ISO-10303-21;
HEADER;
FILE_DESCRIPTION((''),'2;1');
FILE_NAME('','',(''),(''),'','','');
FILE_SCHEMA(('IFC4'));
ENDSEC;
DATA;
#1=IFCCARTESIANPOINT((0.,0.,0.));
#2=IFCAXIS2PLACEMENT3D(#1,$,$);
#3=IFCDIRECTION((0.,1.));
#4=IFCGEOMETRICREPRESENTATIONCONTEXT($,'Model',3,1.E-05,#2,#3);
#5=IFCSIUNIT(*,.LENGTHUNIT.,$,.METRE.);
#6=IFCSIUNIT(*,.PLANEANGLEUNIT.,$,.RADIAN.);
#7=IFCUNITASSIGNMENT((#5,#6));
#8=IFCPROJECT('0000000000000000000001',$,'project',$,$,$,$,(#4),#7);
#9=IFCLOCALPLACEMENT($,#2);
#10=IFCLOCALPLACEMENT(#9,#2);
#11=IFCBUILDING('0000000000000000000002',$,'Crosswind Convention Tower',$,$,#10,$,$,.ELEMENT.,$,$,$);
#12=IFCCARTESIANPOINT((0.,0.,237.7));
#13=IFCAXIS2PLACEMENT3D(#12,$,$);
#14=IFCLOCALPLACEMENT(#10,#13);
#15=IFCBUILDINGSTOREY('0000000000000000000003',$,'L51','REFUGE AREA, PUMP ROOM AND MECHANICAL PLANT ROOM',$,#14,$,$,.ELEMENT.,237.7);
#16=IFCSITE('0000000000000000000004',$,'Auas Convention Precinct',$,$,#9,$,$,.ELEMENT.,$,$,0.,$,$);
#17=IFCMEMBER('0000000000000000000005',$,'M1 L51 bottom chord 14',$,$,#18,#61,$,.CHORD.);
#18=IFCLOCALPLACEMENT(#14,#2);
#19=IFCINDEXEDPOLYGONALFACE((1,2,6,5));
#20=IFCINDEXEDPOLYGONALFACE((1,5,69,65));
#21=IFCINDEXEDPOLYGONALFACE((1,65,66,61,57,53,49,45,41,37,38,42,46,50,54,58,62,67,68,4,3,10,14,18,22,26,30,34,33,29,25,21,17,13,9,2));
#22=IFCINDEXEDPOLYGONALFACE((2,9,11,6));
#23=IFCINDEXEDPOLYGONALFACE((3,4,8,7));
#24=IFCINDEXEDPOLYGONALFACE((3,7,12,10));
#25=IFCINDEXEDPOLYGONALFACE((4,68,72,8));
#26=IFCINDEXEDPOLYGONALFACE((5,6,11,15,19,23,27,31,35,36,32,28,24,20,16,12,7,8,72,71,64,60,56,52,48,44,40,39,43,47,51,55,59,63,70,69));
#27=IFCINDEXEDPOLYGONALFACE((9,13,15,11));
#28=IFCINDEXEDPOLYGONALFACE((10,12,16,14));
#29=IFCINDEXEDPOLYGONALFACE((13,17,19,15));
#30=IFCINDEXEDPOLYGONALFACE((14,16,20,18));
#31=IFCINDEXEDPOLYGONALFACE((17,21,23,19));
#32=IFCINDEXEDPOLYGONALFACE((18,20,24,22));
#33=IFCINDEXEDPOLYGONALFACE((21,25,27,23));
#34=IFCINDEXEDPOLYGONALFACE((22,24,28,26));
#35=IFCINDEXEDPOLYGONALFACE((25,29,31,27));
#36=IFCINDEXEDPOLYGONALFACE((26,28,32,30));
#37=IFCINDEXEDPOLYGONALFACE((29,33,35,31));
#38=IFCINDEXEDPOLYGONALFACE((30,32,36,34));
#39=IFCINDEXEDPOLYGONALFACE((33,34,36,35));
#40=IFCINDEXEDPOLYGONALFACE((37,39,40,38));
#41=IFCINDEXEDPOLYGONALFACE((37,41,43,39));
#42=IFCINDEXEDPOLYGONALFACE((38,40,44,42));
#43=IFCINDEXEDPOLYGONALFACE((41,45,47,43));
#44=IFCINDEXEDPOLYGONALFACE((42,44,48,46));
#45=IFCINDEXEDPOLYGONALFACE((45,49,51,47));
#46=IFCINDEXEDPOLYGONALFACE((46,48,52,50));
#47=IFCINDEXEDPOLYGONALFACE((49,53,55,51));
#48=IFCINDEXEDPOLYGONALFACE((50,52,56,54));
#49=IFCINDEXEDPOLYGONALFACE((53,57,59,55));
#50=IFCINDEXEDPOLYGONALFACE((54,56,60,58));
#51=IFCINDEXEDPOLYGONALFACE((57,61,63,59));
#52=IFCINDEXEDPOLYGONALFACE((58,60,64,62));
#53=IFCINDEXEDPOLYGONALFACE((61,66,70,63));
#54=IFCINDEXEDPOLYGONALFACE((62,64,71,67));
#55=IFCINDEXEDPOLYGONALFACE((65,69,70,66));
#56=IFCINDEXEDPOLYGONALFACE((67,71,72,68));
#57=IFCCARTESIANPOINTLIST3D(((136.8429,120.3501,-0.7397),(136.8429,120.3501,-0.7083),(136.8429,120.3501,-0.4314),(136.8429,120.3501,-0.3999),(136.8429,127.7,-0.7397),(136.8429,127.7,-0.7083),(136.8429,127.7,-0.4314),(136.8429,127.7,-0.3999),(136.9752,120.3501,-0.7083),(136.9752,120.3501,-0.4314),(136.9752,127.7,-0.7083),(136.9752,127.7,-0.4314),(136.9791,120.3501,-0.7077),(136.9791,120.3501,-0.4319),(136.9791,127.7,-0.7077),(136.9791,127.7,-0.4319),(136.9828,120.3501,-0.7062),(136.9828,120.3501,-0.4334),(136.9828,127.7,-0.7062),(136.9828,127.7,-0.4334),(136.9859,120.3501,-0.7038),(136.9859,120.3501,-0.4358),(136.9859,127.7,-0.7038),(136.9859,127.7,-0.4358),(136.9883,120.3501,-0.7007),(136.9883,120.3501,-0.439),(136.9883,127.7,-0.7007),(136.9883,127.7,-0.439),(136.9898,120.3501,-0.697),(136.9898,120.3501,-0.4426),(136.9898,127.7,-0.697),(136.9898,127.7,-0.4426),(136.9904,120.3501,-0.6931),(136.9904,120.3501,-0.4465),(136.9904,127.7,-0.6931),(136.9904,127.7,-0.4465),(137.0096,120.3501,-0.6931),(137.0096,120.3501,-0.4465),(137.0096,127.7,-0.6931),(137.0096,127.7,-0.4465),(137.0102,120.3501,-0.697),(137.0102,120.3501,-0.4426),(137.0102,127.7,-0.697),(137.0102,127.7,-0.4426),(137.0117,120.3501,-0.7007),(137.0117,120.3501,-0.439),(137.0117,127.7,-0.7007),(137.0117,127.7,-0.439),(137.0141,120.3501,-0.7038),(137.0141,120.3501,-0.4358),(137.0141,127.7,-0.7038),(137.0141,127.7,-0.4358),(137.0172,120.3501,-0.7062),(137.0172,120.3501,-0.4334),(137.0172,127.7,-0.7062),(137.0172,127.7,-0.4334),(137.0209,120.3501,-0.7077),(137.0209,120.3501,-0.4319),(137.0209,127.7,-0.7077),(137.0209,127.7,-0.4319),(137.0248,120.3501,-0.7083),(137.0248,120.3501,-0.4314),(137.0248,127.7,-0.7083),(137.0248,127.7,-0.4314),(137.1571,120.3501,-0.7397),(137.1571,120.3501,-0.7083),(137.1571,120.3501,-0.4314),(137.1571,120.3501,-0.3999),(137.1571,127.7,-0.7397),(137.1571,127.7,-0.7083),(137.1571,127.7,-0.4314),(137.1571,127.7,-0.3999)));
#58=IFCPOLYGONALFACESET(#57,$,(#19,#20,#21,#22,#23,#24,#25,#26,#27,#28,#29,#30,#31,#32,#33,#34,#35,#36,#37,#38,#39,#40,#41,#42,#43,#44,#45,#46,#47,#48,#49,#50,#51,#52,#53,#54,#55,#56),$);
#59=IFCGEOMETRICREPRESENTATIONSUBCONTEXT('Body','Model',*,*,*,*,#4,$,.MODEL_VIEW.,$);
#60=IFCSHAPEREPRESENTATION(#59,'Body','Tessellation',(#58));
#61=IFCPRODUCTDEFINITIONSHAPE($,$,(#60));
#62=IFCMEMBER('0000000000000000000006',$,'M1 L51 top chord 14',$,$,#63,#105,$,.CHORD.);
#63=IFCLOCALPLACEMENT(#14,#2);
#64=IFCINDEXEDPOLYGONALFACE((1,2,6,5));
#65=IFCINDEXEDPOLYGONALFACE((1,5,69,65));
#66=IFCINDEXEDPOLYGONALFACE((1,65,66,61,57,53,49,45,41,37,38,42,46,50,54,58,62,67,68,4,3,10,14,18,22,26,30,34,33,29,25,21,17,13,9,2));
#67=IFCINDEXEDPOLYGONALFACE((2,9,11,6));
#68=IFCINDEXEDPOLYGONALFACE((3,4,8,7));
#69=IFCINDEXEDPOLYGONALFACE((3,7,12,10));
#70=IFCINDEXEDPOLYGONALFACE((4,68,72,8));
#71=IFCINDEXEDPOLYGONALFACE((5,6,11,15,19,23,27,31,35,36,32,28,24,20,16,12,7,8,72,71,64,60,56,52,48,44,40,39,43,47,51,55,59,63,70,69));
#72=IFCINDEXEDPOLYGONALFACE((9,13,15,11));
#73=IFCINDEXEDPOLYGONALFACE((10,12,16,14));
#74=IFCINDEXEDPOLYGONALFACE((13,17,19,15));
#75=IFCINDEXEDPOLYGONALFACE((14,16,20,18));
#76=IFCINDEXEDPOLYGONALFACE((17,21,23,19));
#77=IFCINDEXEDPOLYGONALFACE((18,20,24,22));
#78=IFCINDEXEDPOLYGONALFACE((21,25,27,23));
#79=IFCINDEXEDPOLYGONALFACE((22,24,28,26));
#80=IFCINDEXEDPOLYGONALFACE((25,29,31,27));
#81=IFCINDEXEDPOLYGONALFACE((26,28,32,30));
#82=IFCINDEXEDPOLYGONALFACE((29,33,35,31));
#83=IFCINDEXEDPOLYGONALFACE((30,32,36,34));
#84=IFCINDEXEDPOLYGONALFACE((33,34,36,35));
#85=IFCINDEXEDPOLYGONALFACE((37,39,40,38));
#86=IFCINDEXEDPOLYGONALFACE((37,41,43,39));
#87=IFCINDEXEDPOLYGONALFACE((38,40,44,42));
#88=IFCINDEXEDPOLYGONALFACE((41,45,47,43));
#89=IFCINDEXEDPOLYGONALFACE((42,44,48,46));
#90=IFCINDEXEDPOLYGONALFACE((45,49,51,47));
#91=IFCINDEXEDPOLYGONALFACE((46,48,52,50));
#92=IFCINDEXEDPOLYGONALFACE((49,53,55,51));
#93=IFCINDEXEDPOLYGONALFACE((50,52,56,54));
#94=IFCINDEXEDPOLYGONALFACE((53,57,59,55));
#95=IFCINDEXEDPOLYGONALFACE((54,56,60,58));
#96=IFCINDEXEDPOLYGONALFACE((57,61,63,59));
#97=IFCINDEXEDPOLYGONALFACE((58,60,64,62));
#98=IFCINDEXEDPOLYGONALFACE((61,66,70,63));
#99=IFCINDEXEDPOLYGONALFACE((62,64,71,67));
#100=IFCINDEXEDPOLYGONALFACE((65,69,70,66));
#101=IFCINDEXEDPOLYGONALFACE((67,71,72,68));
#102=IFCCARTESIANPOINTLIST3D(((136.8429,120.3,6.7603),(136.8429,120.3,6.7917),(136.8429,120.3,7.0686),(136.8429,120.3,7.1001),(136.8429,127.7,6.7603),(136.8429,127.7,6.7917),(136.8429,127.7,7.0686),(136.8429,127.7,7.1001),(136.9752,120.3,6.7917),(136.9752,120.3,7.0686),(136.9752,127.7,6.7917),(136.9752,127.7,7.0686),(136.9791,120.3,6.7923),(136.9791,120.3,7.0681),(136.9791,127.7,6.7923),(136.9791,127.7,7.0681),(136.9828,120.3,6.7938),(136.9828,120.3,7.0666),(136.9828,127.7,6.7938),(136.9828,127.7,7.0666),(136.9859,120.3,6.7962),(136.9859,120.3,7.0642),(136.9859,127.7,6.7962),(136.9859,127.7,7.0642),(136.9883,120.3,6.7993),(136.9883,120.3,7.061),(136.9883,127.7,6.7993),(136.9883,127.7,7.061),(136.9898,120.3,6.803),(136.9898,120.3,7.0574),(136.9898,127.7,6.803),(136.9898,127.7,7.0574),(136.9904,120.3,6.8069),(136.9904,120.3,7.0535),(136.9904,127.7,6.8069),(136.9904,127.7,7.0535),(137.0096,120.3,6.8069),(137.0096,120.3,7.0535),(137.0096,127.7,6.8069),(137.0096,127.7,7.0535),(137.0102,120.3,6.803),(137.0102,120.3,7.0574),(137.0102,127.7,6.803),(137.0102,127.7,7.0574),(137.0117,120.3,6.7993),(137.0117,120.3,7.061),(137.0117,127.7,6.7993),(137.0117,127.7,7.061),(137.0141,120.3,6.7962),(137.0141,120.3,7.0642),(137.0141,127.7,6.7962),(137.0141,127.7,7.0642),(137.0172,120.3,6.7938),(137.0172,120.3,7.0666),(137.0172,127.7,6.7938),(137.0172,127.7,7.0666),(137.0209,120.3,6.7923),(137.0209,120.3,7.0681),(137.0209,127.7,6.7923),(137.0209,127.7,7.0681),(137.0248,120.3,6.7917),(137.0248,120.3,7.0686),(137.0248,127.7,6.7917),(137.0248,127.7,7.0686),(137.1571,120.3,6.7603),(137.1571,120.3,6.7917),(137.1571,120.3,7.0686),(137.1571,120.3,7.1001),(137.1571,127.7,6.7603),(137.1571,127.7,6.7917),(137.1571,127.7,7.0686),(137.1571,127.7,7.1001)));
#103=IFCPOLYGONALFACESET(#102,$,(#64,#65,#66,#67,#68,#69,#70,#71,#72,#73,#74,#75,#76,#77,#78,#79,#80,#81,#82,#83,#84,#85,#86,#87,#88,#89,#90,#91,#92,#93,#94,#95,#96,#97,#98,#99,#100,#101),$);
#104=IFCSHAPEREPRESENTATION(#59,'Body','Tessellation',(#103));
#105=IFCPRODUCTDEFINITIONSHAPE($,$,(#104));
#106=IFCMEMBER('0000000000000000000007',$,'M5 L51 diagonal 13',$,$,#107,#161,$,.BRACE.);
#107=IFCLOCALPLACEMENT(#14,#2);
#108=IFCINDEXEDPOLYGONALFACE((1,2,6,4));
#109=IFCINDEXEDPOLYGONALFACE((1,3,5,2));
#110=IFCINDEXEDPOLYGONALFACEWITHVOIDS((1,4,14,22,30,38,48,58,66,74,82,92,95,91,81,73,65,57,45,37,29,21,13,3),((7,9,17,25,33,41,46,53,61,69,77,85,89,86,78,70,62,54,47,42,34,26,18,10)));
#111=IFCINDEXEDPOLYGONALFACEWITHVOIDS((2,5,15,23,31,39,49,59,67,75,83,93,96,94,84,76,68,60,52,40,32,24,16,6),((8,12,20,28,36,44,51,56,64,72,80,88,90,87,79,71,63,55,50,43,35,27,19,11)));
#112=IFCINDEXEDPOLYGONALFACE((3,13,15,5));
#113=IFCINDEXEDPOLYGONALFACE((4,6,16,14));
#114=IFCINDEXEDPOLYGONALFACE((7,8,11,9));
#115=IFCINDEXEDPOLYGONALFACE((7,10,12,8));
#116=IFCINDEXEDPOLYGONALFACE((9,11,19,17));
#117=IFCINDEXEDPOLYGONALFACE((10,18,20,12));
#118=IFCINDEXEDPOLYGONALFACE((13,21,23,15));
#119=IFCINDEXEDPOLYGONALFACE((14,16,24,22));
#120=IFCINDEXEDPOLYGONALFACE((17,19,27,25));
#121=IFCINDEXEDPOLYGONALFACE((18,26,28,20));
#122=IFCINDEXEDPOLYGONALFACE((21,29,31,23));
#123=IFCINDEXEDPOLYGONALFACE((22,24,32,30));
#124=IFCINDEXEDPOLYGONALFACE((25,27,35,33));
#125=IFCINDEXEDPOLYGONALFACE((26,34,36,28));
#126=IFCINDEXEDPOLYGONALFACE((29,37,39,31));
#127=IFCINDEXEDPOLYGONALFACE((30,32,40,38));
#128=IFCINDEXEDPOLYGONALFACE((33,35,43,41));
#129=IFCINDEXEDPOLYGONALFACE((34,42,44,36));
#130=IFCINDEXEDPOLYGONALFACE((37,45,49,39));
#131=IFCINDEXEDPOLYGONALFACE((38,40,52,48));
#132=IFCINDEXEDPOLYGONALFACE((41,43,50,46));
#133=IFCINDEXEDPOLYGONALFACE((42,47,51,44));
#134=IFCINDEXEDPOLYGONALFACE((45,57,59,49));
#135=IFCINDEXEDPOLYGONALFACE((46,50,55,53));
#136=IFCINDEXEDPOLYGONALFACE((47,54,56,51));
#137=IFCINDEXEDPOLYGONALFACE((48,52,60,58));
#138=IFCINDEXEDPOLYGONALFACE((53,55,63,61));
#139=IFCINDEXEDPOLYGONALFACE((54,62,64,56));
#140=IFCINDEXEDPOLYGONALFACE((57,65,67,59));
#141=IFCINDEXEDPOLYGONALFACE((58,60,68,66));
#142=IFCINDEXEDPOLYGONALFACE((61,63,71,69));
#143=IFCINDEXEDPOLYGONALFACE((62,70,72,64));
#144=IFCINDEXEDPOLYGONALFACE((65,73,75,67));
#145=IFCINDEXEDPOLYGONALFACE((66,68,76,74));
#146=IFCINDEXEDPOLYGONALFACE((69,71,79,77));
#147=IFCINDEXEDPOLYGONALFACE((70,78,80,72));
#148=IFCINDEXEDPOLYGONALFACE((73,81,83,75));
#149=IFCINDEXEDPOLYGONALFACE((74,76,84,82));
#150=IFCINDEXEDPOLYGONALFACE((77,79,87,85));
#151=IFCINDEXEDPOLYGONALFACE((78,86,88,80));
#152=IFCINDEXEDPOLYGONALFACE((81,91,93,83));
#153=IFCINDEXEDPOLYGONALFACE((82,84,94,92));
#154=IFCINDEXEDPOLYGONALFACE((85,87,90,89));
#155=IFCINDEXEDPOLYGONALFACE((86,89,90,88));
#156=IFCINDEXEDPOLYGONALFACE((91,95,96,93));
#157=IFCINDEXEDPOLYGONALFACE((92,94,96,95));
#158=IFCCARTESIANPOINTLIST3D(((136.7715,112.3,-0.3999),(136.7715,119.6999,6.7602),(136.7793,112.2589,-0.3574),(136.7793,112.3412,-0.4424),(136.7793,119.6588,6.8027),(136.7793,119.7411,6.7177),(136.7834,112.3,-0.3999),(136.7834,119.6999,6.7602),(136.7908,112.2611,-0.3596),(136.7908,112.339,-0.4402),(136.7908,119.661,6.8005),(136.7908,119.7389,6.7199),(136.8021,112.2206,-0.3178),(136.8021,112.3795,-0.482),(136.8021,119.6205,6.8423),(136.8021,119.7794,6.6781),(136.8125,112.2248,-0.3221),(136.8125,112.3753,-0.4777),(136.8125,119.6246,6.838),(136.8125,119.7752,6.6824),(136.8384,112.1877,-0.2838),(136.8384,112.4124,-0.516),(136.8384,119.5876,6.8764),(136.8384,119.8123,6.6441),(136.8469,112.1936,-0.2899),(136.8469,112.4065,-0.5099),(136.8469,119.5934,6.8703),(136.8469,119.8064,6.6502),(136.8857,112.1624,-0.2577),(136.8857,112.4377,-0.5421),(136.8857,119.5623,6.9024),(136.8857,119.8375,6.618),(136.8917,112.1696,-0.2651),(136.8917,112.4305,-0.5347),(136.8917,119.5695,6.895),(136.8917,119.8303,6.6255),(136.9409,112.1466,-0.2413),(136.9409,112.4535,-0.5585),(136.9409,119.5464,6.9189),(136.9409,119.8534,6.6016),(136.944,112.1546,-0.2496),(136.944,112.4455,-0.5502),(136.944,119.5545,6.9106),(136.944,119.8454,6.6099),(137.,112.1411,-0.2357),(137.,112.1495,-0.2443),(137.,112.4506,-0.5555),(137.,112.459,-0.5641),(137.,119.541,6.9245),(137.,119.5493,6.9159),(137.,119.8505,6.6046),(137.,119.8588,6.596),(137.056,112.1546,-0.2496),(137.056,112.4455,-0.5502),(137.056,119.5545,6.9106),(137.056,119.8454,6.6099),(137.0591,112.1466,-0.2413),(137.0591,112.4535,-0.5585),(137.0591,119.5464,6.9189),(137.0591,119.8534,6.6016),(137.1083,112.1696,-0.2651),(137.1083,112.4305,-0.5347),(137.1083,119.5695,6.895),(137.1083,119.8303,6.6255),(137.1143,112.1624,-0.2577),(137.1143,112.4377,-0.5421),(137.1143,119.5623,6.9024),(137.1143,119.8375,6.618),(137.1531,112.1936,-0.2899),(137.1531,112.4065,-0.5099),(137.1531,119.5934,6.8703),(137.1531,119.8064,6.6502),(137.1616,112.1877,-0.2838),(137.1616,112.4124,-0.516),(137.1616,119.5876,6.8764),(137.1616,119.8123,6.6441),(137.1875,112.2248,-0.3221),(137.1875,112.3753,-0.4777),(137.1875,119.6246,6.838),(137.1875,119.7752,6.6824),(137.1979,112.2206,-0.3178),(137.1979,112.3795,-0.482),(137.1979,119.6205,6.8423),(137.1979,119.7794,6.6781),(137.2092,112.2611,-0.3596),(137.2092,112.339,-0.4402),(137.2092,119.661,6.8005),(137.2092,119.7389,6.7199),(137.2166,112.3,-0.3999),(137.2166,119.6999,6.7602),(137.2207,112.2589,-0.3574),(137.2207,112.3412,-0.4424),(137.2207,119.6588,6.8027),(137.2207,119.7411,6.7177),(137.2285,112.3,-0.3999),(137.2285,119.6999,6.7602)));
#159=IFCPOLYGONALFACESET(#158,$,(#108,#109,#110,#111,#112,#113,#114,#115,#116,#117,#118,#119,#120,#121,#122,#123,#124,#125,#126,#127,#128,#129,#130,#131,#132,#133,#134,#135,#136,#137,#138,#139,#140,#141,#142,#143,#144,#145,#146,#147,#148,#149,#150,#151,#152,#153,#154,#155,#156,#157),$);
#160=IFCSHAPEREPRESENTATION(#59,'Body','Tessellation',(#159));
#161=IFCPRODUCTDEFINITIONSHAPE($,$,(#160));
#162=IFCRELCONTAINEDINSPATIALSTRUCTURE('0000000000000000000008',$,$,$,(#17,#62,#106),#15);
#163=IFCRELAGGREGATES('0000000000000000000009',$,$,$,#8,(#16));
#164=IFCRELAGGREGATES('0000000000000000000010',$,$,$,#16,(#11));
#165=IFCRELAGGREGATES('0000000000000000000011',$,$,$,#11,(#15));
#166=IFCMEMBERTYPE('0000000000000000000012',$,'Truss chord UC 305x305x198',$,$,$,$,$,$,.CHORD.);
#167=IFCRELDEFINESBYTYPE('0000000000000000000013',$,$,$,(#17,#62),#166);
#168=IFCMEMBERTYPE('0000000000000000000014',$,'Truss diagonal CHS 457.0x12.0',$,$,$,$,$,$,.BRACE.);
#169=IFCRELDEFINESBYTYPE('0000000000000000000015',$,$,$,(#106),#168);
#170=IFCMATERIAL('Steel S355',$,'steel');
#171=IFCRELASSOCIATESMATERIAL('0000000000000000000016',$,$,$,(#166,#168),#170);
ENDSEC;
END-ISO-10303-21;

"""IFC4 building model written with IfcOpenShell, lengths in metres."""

from ifc_helpers import new_model, si_unit, direction, frame, origin, origin_2d, place, context, subcontext, project, spatial, hollow_circle, i_section, extrude, material, material_profile, profile_set, type_object, element, save


model = new_model("IFC4")

# Units and contexts
model_context = context("Model", 3, precision=1e-05, world=origin(), true_north=direction((0.0, 1.0)))
body_context = subcontext(model_context, "Body", "Model", "MODEL_VIEW")
ifc_project = project(units=[si_unit("LENGTHUNIT", "METRE"), si_unit("PLANEANGLEUNIT", "RADIAN")], contexts=[model_context])

# Site, building, storey
site_placement = place(None, origin())
site = spatial("IfcSite", under=ifc_project, at=site_placement, Name="Auas Convention Precinct", CompositionType="ELEMENT", RefElevation=0.0)
building_placement = place(site_placement, origin())
building = spatial("IfcBuilding", under=site, at=building_placement, Name="Crosswind Convention Tower", CompositionType="ELEMENT")
storey_placement = place(building_placement, frame((0.0, 0.0, 237.7)))
storey = spatial("IfcBuildingStorey", under=building, at=storey_placement, Name="L51", Description="REFUGE AREA, PUMP ROOM AND MECHANICAL PLANT ROOM", CompositionType="ELEMENT", Elevation=237.7)

# Shared definitions
ifc_material_1 = material(Name="Steel S355", Category="steel")

# Members
ifc_material_profile_1 = material_profile(ifc_material_1, i_section(OverallWidth=0.3142, OverallDepth=0.3398, WebThickness=0.0193, FlangeThickness=0.0315, FilletRadius=0.0151, at=origin_2d()), Name="UC 305x305x198")
ifc_profile_set_1 = profile_set([ifc_material_profile_1], Name="Steel S355")
member_type_1 = type_object("IfcMemberType", Name="Truss chord UC 305x305x198", PredefinedType="CHORD", material=ifc_profile_set_1)
member_1_placement = place(storey_placement, frame((137.0, 120.3501, -0.5698), z_axis=(0.0, 1.0, 0.0), x_axis=(-1.0, 0.0, 0.0)))
element("IfcMember", 1, at=member_1_placement, inside=storey, type_object=member_type_1, Name="M1 L51 bottom chord 14", PredefinedType="CHORD", context=body_context, shape_type="SweptSolid", body=[
    extrude(i_section(OverallWidth=0.3142, OverallDepth=0.3398, WebThickness=0.0193, FlangeThickness=0.0315, FilletRadius=0.0151, at=origin_2d()), origin(), (0.0, 0.0, 1.0), 7.3499),
])
member_2_placement = place(storey_placement, frame((137.0, 120.3, 6.9302), z_axis=(0.0, 1.0, 0.0), x_axis=(-1.0, 0.0, 0.0)))
element("IfcMember", 2, at=member_2_placement, inside=storey, type_object=member_type_1, Name="M1 L51 top chord 14", PredefinedType="CHORD", context=body_context, shape_type="SweptSolid", body=[
    extrude(i_section(OverallWidth=0.3142, OverallDepth=0.3398, WebThickness=0.0193, FlangeThickness=0.0315, FilletRadius=0.0151, at=origin_2d()), origin(), (0.0, 0.0, 1.0), 7.3999),
])
ifc_material_profile_2 = material_profile(ifc_material_1, hollow_circle(Radius=0.2285, WallThickness=0.012, at=origin_2d()), Name="CHS 457.0x12.0")
ifc_profile_set_2 = profile_set([ifc_material_profile_2], Name="Steel S355")
member_type_2 = type_object("IfcMemberType", Name="Truss diagonal CHS 457.0x12.0", PredefinedType="BRACE", material=ifc_profile_set_2)
for number, where, z_axis, x_axis, name in (
    (3, (137.0, 112.3, -0.3999), (0.0, 0.718653, 0.695369), (-1.0, 0.0, 0.0), "M5 L51 diagonal 13"),
):
    element("IfcMember", number, at=place(storey_placement, frame(where, z_axis=z_axis, x_axis=x_axis)), inside=storey, type_object=member_type_2, Name=name, PredefinedType="BRACE", context=body_context, shape_type="SweptSolid", body=[
        extrude(hollow_circle(Radius=0.2285, WallThickness=0.012, at=origin_2d()), origin(), (0.0, 0.0, 1.0), 10.2969),
    ])

save(model, "model.ifc")
